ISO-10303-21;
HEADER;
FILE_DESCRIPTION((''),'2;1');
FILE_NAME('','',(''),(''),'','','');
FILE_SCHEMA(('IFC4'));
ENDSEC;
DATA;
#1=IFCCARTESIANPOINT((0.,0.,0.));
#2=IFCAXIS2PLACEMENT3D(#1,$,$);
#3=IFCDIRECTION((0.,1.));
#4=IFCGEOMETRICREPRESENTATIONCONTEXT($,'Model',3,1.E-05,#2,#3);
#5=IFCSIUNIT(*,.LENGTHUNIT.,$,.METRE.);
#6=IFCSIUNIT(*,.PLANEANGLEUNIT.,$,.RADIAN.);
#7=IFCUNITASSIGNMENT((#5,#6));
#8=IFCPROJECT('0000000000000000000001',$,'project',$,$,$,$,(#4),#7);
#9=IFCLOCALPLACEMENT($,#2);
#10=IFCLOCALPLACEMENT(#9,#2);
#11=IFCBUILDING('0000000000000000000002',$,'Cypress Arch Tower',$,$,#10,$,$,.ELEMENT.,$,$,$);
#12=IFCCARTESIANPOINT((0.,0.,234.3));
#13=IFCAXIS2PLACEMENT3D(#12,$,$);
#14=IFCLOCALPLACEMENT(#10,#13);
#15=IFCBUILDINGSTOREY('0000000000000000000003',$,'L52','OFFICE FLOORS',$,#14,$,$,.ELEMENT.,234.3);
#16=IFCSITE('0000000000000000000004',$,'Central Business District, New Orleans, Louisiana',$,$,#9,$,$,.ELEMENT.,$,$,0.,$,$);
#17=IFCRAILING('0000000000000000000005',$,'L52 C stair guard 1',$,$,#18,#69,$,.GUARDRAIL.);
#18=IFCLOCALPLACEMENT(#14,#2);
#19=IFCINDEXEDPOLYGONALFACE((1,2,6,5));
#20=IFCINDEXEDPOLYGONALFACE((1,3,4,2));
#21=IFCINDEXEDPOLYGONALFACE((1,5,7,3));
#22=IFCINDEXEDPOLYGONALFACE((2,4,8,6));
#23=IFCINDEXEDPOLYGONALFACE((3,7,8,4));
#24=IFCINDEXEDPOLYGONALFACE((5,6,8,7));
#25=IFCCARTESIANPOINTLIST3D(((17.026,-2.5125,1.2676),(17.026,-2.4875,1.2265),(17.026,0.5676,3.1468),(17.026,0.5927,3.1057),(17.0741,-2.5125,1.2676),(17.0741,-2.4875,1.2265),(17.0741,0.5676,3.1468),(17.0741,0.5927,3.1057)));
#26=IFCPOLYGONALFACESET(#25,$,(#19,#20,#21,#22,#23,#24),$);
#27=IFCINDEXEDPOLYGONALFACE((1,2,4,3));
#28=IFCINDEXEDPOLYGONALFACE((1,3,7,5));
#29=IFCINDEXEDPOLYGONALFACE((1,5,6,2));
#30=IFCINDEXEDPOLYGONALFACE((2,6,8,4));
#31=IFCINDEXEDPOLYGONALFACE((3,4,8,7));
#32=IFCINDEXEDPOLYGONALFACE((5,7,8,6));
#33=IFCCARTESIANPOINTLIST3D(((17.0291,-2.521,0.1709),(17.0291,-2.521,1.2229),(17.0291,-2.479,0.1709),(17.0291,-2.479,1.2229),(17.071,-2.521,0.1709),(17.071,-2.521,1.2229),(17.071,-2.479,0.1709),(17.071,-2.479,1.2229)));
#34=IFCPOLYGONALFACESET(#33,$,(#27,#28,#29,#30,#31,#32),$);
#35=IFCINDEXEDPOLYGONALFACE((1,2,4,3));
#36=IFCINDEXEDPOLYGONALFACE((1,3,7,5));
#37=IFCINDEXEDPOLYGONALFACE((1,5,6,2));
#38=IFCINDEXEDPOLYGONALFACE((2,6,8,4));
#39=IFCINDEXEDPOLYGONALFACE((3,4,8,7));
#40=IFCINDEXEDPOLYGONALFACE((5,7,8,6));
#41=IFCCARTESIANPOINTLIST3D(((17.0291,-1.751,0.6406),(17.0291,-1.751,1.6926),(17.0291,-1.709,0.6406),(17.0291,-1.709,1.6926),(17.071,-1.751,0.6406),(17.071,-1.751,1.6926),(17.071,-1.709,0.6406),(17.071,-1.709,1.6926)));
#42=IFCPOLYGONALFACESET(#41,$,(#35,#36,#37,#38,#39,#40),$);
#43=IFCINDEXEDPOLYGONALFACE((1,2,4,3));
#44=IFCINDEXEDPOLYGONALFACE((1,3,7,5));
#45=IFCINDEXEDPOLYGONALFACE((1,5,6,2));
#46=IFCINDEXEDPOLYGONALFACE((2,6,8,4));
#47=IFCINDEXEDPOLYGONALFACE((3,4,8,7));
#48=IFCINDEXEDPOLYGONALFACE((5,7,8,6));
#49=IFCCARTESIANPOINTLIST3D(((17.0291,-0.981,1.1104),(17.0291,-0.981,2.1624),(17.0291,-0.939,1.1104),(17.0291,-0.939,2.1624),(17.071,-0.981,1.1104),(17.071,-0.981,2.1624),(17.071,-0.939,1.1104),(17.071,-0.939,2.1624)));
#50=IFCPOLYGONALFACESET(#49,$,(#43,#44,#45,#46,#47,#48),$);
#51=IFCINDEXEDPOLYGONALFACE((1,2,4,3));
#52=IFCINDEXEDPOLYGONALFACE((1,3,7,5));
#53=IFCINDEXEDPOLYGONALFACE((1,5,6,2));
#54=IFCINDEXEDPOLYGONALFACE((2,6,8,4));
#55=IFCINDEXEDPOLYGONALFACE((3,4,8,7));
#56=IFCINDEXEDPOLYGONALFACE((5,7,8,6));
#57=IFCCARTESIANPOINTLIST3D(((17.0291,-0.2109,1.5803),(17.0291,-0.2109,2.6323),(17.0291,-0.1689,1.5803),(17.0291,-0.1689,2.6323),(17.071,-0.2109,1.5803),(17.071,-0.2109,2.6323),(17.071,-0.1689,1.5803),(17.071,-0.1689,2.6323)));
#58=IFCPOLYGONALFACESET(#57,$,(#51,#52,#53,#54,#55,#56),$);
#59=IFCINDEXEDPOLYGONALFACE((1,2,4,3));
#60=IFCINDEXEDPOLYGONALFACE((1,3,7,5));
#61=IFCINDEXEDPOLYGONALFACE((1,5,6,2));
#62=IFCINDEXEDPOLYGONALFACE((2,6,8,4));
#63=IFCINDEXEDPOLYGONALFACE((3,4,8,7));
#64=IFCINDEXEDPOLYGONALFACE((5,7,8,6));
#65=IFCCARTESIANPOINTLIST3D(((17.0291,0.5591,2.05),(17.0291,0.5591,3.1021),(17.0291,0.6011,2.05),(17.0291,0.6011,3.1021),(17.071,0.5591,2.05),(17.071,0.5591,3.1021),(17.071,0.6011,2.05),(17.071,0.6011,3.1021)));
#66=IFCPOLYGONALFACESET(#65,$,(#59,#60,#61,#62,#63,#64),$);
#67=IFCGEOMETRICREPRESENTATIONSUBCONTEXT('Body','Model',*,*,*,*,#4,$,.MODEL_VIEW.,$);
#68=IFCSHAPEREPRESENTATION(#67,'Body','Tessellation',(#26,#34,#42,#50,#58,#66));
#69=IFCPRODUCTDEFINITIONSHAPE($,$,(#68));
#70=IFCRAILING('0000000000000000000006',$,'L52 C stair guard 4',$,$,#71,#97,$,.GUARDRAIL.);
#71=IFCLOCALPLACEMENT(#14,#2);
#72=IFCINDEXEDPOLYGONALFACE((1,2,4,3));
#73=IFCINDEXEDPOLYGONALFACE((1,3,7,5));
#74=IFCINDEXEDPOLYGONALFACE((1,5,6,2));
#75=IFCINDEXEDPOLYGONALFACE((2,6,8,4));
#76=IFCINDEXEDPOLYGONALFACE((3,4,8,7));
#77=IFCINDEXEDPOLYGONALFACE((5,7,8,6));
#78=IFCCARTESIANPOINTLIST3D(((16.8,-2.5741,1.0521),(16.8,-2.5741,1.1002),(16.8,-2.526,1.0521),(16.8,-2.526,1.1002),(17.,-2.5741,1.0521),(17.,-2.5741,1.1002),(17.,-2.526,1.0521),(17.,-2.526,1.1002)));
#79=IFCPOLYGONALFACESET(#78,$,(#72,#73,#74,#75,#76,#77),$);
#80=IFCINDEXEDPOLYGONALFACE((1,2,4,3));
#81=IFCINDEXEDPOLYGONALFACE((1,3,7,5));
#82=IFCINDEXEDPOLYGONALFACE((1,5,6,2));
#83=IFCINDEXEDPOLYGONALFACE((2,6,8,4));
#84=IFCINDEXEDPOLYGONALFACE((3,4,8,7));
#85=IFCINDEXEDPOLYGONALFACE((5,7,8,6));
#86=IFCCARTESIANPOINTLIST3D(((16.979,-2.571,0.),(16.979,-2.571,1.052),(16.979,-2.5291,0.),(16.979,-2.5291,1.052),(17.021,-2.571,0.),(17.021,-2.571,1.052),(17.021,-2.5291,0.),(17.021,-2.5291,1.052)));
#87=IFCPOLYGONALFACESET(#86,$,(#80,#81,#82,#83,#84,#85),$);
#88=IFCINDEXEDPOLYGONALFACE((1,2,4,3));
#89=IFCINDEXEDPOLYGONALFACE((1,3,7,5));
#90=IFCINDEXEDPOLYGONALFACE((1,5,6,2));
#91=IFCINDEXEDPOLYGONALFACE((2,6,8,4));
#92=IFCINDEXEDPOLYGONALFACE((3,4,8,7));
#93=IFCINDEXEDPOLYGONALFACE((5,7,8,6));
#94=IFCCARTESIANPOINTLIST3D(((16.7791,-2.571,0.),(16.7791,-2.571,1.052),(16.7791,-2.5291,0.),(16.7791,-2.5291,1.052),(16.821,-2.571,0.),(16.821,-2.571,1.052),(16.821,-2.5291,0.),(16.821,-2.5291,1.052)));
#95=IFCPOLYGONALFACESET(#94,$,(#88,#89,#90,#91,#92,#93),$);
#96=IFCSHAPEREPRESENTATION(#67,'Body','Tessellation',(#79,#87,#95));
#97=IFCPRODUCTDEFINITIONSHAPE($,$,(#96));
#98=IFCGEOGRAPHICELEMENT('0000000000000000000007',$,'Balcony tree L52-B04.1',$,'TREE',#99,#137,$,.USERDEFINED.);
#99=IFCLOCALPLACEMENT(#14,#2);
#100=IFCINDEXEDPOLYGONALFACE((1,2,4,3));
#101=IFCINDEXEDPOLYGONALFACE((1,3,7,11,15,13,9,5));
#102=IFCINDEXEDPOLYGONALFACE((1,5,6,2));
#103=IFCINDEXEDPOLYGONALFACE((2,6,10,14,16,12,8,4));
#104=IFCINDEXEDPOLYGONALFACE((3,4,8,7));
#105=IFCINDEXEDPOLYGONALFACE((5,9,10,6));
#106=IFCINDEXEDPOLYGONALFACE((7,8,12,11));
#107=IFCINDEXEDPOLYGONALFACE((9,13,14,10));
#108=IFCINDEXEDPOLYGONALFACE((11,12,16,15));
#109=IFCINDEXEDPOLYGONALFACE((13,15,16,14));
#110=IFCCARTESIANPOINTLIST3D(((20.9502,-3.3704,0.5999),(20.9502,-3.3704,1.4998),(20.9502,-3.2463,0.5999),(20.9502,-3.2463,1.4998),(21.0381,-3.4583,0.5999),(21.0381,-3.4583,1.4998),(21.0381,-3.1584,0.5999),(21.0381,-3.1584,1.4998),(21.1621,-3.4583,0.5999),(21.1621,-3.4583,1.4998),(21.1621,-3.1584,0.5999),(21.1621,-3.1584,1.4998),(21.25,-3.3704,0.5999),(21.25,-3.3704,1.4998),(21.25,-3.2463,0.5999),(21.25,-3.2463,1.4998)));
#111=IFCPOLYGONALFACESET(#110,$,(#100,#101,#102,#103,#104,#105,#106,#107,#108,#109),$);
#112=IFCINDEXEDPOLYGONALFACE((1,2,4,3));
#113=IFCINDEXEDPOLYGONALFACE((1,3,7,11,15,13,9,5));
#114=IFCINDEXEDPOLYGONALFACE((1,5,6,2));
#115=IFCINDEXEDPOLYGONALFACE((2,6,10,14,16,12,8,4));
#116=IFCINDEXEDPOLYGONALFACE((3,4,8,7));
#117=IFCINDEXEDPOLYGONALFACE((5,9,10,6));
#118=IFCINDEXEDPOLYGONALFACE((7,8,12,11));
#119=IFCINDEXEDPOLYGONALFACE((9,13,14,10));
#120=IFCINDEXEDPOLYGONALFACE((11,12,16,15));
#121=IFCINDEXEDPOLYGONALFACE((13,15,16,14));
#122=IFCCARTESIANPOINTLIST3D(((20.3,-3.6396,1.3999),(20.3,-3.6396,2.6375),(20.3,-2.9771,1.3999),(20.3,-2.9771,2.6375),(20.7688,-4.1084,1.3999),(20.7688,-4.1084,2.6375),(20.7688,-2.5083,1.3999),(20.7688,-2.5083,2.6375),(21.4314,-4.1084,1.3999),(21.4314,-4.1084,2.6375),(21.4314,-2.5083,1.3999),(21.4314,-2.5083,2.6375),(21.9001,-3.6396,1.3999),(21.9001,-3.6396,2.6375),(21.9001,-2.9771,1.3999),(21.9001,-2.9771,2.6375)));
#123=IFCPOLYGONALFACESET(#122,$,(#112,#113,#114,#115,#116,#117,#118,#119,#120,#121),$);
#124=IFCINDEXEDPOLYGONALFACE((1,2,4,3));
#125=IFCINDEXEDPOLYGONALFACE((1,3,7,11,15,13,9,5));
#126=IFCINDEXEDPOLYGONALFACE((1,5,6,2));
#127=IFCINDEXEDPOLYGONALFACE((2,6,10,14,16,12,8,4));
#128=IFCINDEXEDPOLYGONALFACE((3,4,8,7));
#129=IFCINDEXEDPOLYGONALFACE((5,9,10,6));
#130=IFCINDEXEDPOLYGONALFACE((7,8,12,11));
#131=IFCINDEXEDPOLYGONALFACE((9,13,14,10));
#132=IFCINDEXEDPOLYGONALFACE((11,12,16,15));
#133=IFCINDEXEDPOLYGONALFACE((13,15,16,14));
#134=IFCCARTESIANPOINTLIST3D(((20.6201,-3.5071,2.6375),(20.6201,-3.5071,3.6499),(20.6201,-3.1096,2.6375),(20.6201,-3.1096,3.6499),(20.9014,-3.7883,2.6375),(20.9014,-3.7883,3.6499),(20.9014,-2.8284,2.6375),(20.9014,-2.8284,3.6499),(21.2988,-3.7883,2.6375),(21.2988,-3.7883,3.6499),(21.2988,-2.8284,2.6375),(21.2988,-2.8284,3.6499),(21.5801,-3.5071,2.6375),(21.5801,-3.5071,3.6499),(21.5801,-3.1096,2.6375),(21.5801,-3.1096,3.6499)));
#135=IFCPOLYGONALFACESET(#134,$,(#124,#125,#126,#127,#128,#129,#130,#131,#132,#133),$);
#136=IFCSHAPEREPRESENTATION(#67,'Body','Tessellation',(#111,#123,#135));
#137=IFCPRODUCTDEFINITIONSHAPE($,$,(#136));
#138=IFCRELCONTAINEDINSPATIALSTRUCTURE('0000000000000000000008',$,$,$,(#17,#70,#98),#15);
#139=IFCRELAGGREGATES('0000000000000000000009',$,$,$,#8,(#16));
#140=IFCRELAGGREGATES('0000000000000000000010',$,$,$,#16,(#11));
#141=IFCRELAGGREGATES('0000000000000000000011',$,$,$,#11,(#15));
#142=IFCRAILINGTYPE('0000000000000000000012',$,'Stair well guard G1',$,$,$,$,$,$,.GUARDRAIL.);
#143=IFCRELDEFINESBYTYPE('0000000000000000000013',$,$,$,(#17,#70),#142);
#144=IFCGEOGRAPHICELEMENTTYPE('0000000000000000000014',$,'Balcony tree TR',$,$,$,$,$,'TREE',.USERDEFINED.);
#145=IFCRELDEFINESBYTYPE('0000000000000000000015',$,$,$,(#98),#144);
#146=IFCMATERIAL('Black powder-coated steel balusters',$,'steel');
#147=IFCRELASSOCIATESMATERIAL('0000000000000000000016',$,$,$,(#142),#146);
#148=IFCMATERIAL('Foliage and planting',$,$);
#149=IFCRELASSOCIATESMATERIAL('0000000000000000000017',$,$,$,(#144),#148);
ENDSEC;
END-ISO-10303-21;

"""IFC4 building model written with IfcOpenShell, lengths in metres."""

from ifc_helpers import new_model, si_unit, direction, frame, origin, origin_2d, place, context, subcontext, project, spatial, polyline, rectangle, outline, extrude, material, type_object, element, save


model = new_model("IFC4")

# Units and contexts
model_context = context("Model", 3, precision=1e-05, world=origin(), true_north=direction((0.0, 1.0)))
body_context = subcontext(model_context, "Body", "Model", "MODEL_VIEW")
ifc_project = project(units=[si_unit("LENGTHUNIT", "METRE"), si_unit("PLANEANGLEUNIT", "RADIAN")], contexts=[model_context])

# Site, building, storey
site_placement = place(None, origin())
site = spatial("IfcSite", under=ifc_project, at=site_placement, Name="Central Business District, New Orleans, Louisiana", CompositionType="ELEMENT", RefElevation=0.0)
building_placement = place(site_placement, origin())
building = spatial("IfcBuilding", under=site, at=building_placement, Name="Cypress Arch Tower", CompositionType="ELEMENT")
storey_placement = place(building_placement, frame((0.0, 0.0, 234.3)))
storey = spatial("IfcBuildingStorey", under=building, at=storey_placement, Name="L52", Description="OFFICE FLOORS", CompositionType="ELEMENT", Elevation=234.3)

# Railings
ifc_material_1 = material(Name="Black powder-coated steel balusters", Category="steel")
railing_type_1 = type_object("IfcRailingType", Name="Stair well guard G1", PredefinedType="GUARDRAIL", material=ifc_material_1)
railing_1_placement = place(storey_placement, frame((17.05, -2.5, 0.1709)))
element("IfcRailing", 1, at=railing_1_placement, inside=storey, type_object=railing_type_1, Name="L52 C stair guard 1", PredefinedType="GUARDRAIL", context=body_context, shape_type="SweptSolid", body=[
    extrude(rectangle(XDim=0.0481, YDim=0.0481, at=origin_2d()), frame((0.0, 0.0, 1.0762), z_axis=(0.0, 0.853666, 0.52082), x_axis=(-1.0, 0.0, 0.0)), (0.0, 0.0, 1.0), 3.6082),
    extrude(rectangle(XDim=0.042, YDim=0.042, at=origin_2d()), origin(), (0.0, 0.0, 1.0), 1.052),
    extrude(rectangle(XDim=0.042, YDim=0.042, at=origin_2d()), frame((0.0, 0.77, 0.4697)), (0.0, 0.0, 1.0), 1.052),
    extrude(rectangle(XDim=0.042, YDim=0.042, at=origin_2d()), frame((0.0, 1.54, 0.9395)), (0.0, 0.0, 1.0), 1.052),
    extrude(rectangle(XDim=0.042, YDim=0.042, at=origin_2d()), frame((0.0, 2.3101, 1.4094)), (0.0, 0.0, 1.0), 1.052),
    extrude(rectangle(XDim=0.042, YDim=0.042, at=origin_2d()), frame((0.0, 3.0801, 1.8792)), (0.0, 0.0, 1.0), 1.052),
])
railing_2_placement = place(storey_placement, frame((17.0, -2.55, 0.0)))
element("IfcRailing", 2, at=railing_2_placement, inside=storey, type_object=railing_type_1, Name="L52 C stair guard 4", PredefinedType="GUARDRAIL", context=body_context, shape_type="SweptSolid", body=[
    extrude(rectangle(XDim=0.0481, YDim=0.0481, at=origin_2d()), frame((0.0, 0.0, 1.0762), z_axis=(-1.0, 0.0, 0.0), x_axis=(0.0, -1.0, 0.0)), (0.0, 0.0, 1.0), 0.2),
    extrude(rectangle(XDim=0.042, YDim=0.042, at=origin_2d()), origin(), (0.0, 0.0, 1.0), 1.052),
    extrude(rectangle(XDim=0.042, YDim=0.042, at=origin_2d()), frame((-0.2, 0.0, 0.0)), (0.0, 0.0, 1.0), 1.052),
])

# Geographic element
ifc_material_2 = material(Name="Foliage and planting")
geographic_element_type = type_object("IfcGeographicElementType", Name="Balcony tree TR", ElementType="TREE", PredefinedType="USERDEFINED", material=ifc_material_2)
geographic_element_placement = place(storey_placement, frame((21.1001, -3.3083, 0.5999), z_axis=(0.0, 0.0, 1.0), x_axis=(1.0, 0.0, 0.0)))
element("IfcGeographicElement", 3, at=geographic_element_placement, inside=storey, type_object=geographic_element_type, Name="Balcony tree L52-B04.1", ObjectType="TREE", PredefinedType="USERDEFINED", context=body_context, shape_type="SweptSolid", body=[
    extrude(outline(polyline([(0.1499, 0.062), (0.062, 0.1499), (-0.062, 0.1499), (-0.1499, 0.062), (-0.1499, -0.062), (-0.062, -0.1499), (0.062, -0.1499), (0.1499, -0.062), (0.1499, 0.062)])), origin(), (0.0, 0.0, 1.0), 0.8999),
    extrude(outline(polyline([(0.8, 0.3313), (0.3313, 0.8), (-0.3313, 0.8), (-0.8, 0.3313), (-0.8, -0.3313), (-0.3313, -0.8), (0.3313, -0.8), (0.8, -0.3313), (0.8, 0.3313)])), frame((0.0, 0.0, 0.8)), (0.0, 0.0, 1.0), 1.2375),
    extrude(outline(polyline([(0.48, 0.1987), (0.1987, 0.48), (-0.1987, 0.48), (-0.48, 0.1987), (-0.48, -0.1987), (-0.1987, -0.48), (0.1987, -0.48), (0.48, -0.1987), (0.48, 0.1987)])), frame((0.0, 0.0, 2.0376)), (0.0, 0.0, 1.0), 1.0125),
])

save(model, "model.ifc")
